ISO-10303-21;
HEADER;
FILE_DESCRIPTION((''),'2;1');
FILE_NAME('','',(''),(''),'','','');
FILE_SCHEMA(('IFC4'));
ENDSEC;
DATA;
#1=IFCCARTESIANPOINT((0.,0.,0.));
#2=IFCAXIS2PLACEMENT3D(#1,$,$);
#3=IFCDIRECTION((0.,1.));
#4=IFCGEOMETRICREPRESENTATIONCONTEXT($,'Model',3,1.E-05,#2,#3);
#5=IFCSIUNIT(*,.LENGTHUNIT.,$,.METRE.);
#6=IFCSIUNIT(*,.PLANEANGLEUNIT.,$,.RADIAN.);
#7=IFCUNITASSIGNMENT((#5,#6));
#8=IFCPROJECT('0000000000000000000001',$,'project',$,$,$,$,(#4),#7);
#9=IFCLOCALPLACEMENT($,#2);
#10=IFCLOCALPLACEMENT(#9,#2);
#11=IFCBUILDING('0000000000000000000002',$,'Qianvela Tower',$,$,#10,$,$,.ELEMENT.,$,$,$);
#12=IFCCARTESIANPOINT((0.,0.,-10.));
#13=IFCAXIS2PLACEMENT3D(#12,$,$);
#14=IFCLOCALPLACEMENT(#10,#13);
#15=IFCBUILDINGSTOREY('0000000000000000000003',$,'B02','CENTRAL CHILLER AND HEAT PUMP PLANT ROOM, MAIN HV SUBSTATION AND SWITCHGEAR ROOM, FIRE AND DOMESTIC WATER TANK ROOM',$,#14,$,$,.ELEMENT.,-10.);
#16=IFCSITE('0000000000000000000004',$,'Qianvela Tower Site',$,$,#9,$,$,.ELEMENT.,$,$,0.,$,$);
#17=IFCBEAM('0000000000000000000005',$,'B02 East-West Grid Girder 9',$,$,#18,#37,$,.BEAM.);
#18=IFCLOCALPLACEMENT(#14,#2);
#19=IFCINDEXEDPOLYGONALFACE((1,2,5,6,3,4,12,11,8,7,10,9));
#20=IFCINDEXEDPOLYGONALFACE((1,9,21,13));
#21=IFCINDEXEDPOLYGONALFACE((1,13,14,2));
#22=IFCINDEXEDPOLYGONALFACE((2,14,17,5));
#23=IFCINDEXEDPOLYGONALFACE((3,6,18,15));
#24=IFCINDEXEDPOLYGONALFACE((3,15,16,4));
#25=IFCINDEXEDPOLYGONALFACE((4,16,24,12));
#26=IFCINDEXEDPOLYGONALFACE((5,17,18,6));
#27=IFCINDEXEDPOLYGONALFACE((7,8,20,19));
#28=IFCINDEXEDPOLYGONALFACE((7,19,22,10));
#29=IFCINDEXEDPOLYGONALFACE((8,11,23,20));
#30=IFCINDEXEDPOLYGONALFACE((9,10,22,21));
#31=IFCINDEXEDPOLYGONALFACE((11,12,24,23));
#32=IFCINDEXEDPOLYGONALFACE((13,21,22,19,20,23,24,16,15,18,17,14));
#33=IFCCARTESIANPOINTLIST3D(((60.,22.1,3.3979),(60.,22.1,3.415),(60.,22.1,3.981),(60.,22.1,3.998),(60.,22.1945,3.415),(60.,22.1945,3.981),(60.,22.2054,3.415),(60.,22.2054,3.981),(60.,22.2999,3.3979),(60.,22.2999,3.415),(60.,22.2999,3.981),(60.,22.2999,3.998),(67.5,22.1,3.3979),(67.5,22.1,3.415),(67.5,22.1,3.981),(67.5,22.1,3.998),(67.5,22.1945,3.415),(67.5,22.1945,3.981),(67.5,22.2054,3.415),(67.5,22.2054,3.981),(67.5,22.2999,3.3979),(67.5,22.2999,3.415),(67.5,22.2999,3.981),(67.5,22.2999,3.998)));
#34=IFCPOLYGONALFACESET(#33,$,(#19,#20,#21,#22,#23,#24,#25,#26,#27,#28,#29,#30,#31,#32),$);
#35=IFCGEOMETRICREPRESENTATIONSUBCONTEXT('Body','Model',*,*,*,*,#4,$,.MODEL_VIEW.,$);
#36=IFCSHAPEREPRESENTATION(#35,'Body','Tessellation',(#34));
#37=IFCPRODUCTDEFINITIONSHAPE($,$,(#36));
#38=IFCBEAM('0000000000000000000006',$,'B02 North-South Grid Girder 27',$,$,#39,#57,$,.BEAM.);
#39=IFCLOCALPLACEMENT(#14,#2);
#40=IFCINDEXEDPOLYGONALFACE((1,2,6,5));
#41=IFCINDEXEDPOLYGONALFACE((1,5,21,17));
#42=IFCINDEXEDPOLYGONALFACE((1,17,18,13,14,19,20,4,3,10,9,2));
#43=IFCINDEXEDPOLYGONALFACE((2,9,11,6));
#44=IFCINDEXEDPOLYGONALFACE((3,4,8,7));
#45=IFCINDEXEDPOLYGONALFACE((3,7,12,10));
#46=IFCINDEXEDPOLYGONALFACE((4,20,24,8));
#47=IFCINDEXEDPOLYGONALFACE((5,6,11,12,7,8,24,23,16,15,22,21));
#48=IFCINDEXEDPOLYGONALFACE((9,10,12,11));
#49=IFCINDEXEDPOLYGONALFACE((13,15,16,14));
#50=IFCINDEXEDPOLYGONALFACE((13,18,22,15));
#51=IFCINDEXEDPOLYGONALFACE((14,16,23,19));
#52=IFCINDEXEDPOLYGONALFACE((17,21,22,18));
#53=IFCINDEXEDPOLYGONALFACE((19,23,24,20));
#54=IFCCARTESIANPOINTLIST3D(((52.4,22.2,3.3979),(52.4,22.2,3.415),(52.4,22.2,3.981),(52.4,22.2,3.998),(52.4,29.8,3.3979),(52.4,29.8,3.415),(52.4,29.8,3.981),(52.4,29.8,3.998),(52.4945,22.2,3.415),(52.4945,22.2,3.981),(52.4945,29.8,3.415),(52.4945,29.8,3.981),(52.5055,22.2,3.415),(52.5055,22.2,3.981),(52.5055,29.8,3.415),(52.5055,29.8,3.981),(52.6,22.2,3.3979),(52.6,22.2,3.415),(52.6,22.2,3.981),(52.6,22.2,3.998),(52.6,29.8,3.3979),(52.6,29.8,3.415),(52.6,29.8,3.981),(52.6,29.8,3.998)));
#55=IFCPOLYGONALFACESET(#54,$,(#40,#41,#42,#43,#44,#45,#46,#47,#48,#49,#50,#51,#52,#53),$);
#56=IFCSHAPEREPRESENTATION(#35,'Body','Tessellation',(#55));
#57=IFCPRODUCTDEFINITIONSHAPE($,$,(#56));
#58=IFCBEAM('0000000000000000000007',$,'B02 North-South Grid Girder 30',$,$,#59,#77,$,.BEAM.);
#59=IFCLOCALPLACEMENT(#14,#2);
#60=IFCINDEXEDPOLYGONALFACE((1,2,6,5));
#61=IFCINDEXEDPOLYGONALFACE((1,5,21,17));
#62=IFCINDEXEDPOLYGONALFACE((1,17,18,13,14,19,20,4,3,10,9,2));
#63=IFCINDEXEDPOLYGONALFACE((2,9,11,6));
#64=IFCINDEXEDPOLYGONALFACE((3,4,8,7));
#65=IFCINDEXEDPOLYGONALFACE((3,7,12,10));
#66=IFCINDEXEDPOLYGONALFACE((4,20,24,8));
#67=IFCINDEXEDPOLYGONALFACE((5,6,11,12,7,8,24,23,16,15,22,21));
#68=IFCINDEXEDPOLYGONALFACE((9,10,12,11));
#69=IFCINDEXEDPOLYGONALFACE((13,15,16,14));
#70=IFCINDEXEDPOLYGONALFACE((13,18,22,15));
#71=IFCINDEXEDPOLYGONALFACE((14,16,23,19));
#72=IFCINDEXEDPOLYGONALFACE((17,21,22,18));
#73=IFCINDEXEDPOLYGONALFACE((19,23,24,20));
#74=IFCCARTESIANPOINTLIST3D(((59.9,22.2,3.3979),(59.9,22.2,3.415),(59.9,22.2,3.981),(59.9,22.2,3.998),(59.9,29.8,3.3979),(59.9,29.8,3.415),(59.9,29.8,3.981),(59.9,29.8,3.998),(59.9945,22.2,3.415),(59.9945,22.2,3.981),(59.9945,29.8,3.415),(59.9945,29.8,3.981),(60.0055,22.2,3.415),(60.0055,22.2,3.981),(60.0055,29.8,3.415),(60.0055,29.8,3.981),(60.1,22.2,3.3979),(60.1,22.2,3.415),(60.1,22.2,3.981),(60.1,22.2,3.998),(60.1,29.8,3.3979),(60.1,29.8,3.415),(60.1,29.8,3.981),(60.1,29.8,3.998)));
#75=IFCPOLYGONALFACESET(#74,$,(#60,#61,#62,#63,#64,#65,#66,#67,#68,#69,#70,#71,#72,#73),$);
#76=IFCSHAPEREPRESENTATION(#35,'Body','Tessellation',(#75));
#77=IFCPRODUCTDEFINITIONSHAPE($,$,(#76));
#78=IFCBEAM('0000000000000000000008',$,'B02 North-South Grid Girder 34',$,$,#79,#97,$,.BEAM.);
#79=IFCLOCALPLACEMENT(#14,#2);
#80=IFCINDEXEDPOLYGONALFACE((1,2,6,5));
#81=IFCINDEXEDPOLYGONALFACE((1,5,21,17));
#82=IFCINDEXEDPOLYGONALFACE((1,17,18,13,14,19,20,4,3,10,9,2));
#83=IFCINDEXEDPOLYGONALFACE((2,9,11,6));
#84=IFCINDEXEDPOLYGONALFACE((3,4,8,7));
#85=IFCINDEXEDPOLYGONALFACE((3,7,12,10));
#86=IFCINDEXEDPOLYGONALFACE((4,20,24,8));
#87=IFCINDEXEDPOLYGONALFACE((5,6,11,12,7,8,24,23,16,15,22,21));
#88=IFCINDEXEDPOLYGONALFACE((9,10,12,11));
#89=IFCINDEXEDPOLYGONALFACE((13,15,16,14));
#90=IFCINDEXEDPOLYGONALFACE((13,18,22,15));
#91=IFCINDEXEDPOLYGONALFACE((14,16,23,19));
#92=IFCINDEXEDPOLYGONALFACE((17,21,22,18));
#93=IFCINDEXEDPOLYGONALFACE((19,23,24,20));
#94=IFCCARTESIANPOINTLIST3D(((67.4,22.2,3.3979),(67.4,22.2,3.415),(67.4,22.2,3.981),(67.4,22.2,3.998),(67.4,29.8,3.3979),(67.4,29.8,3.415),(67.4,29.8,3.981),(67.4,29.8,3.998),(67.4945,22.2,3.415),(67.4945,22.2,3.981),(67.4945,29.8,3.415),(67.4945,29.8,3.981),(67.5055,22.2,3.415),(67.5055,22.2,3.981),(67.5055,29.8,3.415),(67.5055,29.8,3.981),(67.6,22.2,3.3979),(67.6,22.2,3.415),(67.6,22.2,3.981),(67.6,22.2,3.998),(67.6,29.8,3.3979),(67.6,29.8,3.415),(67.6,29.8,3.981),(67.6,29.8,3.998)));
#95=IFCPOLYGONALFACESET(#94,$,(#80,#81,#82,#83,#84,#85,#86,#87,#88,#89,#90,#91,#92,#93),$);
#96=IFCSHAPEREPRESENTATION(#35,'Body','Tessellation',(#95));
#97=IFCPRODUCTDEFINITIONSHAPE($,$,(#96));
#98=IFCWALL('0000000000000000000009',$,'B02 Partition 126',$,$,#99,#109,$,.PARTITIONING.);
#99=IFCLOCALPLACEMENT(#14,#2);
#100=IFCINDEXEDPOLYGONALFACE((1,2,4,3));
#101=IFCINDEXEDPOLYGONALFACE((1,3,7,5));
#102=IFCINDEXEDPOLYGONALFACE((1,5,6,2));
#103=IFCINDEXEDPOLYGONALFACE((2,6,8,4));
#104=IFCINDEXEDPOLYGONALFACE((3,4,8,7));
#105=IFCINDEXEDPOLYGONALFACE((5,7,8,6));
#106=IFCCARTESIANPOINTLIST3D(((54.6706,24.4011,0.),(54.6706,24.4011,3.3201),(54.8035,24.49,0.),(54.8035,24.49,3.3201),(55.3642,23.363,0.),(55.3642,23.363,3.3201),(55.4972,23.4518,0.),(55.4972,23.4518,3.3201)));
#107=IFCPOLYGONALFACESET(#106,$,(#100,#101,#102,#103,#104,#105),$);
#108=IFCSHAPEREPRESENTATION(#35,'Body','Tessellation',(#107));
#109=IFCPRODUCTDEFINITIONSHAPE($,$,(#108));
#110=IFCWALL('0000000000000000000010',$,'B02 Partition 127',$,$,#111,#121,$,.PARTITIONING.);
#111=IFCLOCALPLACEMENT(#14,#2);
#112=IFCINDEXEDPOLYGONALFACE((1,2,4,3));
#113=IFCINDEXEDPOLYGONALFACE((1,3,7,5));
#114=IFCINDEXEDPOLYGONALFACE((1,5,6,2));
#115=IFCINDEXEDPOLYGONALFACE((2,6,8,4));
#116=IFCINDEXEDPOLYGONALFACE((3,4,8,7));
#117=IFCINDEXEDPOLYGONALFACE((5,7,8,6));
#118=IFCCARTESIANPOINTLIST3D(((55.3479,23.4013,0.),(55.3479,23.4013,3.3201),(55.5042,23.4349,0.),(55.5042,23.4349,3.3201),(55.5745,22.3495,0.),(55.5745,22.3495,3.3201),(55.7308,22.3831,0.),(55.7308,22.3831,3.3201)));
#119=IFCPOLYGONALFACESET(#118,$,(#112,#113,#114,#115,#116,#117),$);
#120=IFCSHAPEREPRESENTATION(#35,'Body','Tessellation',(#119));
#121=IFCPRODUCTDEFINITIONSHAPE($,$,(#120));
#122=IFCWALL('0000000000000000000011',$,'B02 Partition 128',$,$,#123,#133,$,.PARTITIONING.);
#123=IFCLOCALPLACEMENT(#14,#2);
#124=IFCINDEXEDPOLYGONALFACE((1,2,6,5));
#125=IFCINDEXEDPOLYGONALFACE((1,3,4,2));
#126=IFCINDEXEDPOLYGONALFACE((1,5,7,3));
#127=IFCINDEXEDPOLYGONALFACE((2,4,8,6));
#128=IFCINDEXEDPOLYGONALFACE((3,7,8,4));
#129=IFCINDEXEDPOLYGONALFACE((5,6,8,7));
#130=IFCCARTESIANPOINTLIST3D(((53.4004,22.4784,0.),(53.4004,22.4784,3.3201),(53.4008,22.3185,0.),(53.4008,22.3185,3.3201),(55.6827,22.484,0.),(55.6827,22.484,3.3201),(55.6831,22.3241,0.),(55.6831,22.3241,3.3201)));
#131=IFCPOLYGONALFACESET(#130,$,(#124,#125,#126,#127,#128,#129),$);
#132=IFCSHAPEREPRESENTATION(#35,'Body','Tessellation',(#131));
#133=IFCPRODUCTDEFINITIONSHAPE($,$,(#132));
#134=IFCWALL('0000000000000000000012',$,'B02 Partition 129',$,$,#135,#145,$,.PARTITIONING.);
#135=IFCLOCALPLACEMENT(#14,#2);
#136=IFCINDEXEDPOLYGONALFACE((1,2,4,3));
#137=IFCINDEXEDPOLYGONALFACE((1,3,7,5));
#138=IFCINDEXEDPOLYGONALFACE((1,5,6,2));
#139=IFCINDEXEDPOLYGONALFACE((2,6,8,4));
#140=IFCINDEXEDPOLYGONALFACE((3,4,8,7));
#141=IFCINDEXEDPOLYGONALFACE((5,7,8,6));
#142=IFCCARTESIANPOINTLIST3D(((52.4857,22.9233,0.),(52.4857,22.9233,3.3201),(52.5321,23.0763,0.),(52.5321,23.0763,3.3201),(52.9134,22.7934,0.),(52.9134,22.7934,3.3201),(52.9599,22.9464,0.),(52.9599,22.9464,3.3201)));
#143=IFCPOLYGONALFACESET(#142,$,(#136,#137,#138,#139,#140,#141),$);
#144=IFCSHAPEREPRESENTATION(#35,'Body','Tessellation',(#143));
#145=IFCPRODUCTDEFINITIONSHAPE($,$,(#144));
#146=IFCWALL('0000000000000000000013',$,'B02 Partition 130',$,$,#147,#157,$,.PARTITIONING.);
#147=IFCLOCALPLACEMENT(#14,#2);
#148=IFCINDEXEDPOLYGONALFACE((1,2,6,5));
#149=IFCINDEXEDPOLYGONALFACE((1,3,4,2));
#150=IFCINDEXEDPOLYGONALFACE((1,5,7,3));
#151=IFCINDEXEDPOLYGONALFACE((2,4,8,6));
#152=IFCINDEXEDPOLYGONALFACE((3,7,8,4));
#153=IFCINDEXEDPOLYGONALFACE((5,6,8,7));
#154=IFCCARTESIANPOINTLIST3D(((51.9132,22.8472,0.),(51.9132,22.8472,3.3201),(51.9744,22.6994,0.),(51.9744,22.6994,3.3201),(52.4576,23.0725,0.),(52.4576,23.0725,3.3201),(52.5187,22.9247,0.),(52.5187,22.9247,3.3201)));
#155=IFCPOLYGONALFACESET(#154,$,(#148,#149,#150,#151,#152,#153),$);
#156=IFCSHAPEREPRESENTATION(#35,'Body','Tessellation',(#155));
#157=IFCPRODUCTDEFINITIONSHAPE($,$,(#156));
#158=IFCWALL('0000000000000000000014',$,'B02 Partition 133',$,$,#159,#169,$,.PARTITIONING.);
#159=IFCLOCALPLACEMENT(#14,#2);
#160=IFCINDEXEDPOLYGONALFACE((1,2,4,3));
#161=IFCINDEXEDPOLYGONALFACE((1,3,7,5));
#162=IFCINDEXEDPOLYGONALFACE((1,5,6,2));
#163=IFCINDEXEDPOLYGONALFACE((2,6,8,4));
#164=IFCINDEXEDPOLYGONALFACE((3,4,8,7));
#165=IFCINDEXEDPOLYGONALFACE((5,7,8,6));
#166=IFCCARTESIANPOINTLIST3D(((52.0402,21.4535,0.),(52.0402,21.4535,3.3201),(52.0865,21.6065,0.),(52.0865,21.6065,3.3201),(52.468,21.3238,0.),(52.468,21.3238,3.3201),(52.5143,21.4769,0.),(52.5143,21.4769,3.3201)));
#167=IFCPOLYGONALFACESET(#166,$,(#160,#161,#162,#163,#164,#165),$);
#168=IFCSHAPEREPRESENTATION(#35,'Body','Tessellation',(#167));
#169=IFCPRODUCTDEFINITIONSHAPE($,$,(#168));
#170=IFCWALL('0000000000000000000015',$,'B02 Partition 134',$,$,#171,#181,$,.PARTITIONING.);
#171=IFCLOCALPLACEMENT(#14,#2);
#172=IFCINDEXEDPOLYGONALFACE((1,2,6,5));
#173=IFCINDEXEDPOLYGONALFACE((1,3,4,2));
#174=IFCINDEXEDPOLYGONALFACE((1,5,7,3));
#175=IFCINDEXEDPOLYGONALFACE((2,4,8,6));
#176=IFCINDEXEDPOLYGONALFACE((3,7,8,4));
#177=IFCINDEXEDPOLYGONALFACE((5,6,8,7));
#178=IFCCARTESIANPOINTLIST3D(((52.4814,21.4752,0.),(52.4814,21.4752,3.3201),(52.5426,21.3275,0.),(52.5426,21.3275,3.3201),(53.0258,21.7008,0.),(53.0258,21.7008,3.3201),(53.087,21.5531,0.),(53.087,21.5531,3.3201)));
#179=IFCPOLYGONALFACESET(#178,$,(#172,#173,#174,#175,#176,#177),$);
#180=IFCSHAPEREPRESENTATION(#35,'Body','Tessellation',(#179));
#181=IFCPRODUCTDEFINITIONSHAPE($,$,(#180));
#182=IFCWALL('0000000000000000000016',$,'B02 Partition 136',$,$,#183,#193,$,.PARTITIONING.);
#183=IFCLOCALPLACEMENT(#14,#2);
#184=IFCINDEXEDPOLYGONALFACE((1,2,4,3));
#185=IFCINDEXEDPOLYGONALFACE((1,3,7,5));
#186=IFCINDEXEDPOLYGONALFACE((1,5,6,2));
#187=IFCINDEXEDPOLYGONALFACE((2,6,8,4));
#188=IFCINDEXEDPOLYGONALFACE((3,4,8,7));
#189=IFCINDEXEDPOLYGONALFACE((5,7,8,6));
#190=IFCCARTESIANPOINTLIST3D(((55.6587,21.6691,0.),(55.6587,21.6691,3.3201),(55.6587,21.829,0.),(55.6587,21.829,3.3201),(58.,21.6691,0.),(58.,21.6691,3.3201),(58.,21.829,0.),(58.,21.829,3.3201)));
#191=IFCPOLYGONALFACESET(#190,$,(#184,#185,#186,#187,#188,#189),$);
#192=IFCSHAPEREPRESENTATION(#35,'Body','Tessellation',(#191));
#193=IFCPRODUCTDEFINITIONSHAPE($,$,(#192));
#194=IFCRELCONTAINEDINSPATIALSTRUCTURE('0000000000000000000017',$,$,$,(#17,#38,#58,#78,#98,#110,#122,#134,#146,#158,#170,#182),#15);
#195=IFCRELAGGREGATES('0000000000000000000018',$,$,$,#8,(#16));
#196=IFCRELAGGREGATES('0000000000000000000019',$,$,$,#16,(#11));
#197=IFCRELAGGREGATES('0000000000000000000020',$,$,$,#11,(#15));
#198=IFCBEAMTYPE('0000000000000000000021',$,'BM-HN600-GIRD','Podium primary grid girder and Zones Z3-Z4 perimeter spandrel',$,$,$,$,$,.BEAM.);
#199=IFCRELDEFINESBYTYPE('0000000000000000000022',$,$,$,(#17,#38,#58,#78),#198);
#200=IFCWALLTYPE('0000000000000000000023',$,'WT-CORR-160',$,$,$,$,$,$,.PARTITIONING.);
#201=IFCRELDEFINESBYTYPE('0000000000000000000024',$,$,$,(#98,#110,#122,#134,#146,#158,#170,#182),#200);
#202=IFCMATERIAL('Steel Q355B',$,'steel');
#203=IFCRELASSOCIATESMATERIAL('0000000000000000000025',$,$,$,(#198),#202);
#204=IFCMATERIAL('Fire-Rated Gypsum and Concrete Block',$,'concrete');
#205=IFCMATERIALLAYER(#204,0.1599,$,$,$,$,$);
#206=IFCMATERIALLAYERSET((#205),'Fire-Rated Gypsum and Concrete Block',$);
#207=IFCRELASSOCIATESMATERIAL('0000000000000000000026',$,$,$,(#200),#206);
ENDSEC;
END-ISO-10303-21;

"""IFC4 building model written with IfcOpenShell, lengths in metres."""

from ifc_helpers import new_model, si_unit, direction, frame, frame_2d, origin, origin_2d, place, context, subcontext, project, spatial, rectangle, i_section, extrude, material, layer, layer_set, material_profile, profile_set, type_object, element, save


model = new_model("IFC4")

# Units and contexts
model_context = context("Model", 3, precision=1e-05, world=origin(), true_north=direction((0.0, 1.0)))
body_context = subcontext(model_context, "Body", "Model", "MODEL_VIEW")
ifc_project = project(units=[si_unit("LENGTHUNIT", "METRE"), si_unit("PLANEANGLEUNIT", "RADIAN")], contexts=[model_context])

# Site, building, storey
site_placement = place(None, origin())
site = spatial("IfcSite", under=ifc_project, at=site_placement, Name="Qianvela Tower Site", CompositionType="ELEMENT", RefElevation=0.0)
building_placement = place(site_placement, origin())
building = spatial("IfcBuilding", under=site, at=building_placement, Name="Qianvela Tower", CompositionType="ELEMENT")
storey_placement = place(building_placement, frame((0.0, 0.0, -10.0)))
storey = spatial("IfcBuildingStorey", under=building, at=storey_placement, Name="B02", Description="CENTRAL CHILLER AND HEAT PUMP PLANT ROOM, MAIN HV SUBSTATION AND SWITCHGEAR ROOM, FIRE AND DOMESTIC WATER TANK ROOM", CompositionType="ELEMENT", Elevation=-10.0)

# Beams
ifc_material_1 = material(Name="Steel Q355B", Category="steel")
ifc_material_profile_1 = material_profile(ifc_material_1, i_section(OverallWidth=0.2, OverallDepth=0.6001, WebThickness=0.011, FlangeThickness=0.0171, at=origin_2d()), Name="HN600x200x11x17")
ifc_profile_set_1 = profile_set([ifc_material_profile_1], Name="Steel Q355B")
beam_type_1 = type_object("IfcBeamType", Name="BM-HN600-GIRD", Description="Podium primary grid girder and Zones Z3-Z4 perimeter spandrel", PredefinedType="BEAM", material=ifc_profile_set_1)
for number, where, z_axis, x_axis, name in (
    (1, (60.0, 22.2, 3.698), (1.0, 0.0, 0.0), (0.0, 1.0, 0.0), "B02 East-West Grid Girder 9"),
):
    element("IfcBeam", number, at=place(storey_placement, frame(where, z_axis=z_axis, x_axis=x_axis)), inside=storey, type_object=beam_type_1, Name=name, PredefinedType="BEAM", context=body_context, shape_type="SweptSolid", body=[
        extrude(i_section(OverallWidth=0.2, OverallDepth=0.6001, WebThickness=0.011, FlangeThickness=0.0171, at=origin_2d()), origin(), (0.0, 0.0, 1.0), 7.5),
    ])
for number, where, z_axis, x_axis, name in (
    (2, (52.5, 22.2, 3.698), (0.0, 1.0, 0.0), (-1.0, 0.0, 0.0), "B02 North-South Grid Girder 27"),
    (3, (60.0, 22.2, 3.698), (0.0, 1.0, 0.0), (-1.0, 0.0, 0.0), "B02 North-South Grid Girder 30"),
    (4, (67.5, 22.2, 3.698), (0.0, 1.0, 0.0), (-1.0, 0.0, 0.0), "B02 North-South Grid Girder 34"),
):
    element("IfcBeam", number, at=place(storey_placement, frame(where, z_axis=z_axis, x_axis=x_axis)), inside=storey, type_object=beam_type_1, Name=name, PredefinedType="BEAM", context=body_context, shape_type="SweptSolid", body=[
        extrude(i_section(OverallWidth=0.2, OverallDepth=0.6001, WebThickness=0.011, FlangeThickness=0.0171, at=origin_2d()), origin(), (0.0, 0.0, 1.0), 7.6001),
    ])

# Walls
ifc_material_2 = material(Name="Fire-Rated Gypsum and Concrete Block", Category="concrete")
ifc_layer = layer(ifc_material_2, 0.1599)
ifc_layer_set = layer_set([ifc_layer], Name="Fire-Rated Gypsum and Concrete Block")
wall_type = type_object("IfcWallType", Name="WT-CORR-160", PredefinedType="PARTITIONING", material=ifc_layer_set)
wall_1_placement = place(storey_placement, frame((54.7371, 24.4456, 0.0), z_axis=(0.0, 0.0, 1.0), x_axis=(0.555557, -0.831478, 0.0)))
element("IfcWall", 5, at=wall_1_placement, inside=storey, type_object=wall_type, Name="B02 Partition 126", PredefinedType="PARTITIONING", context=body_context, shape_type="SweptSolid", body=[
    extrude(rectangle(XDim=1.2485, YDim=0.1599, at=frame_2d((0.6243, 0.0))), origin(), (0.0, 0.0, 1.0), 3.3201),
])
wall_2_placement = place(storey_placement, frame((55.426, 23.4182, 0.0), z_axis=(0.0, 0.0, 1.0), x_axis=(0.210583, -0.977576, 0.0)))
element("IfcWall", 6, at=wall_2_placement, inside=storey, type_object=wall_type, Name="B02 Partition 127", PredefinedType="PARTITIONING", context=body_context, shape_type="SweptSolid", body=[
    extrude(rectangle(XDim=1.0759, YDim=0.1599, at=frame_2d((0.5381, 0.0))), origin(), (0.0, 0.0, 1.0), 3.3201),
])
wall_3_placement = place(storey_placement, frame((55.6829, 22.4041, 0.0), z_axis=(0.0, 0.0, 1.0), x_axis=(-0.999997, -0.00246, 0.0)))
element("IfcWall", 7, at=wall_3_placement, inside=storey, type_object=wall_type, Name="B02 Partition 128", PredefinedType="PARTITIONING", context=body_context, shape_type="SweptSolid", body=[
    extrude(rectangle(XDim=2.2822, YDim=0.1599, at=frame_2d((1.1411, 0.0))), origin(), (0.0, 0.0, 1.0), 3.3201),
])
wall_4_placement = place(storey_placement, frame((52.9368, 22.8699, 0.0), z_axis=(0.0, 0.0, 1.0), x_axis=(-0.956859, 0.290553, 0.0)))
element("IfcWall", 8, at=wall_4_placement, inside=storey, type_object=wall_type, Name="B02 Partition 129", PredefinedType="PARTITIONING", context=body_context, shape_type="SweptSolid", body=[
    extrude(rectangle(XDim=0.447, YDim=0.1599, at=frame_2d((0.2236, 0.0))), origin(), (0.0, 0.0, 1.0), 3.3201),
])
wall_5_placement = place(storey_placement, frame((52.488, 22.9985, 0.0), z_axis=(0.0, 0.0, 1.0), x_axis=(-0.923981, -0.382437, 0.0)))
element("IfcWall", 9, at=wall_5_placement, inside=storey, type_object=wall_type, Name="B02 Partition 130", PredefinedType="PARTITIONING", context=body_context, shape_type="SweptSolid", body=[
    extrude(rectangle(XDim=0.5891, YDim=0.1599, at=frame_2d((0.2944, 0.0))), origin(), (0.0, 0.0, 1.0), 3.3201),
])
wall_6_placement = place(storey_placement, frame((52.0632, 21.53, 0.0), z_axis=(0.0, 0.0, 1.0), x_axis=(0.957011, -0.290053, 0.0)))
element("IfcWall", 10, at=wall_6_placement, inside=storey, type_object=wall_type, Name="B02 Partition 133", PredefinedType="PARTITIONING", context=body_context, shape_type="SweptSolid", body=[
    extrude(rectangle(XDim=0.447, YDim=0.1599, at=frame_2d((0.2236, 0.0))), origin(), (0.0, 0.0, 1.0), 3.3201),
])
wall_7_placement = place(storey_placement, frame((52.512, 21.4014, 0.0), z_axis=(0.0, 0.0, 1.0), x_axis=(0.923835, 0.382791, 0.0)))
element("IfcWall", 11, at=wall_7_placement, inside=storey, type_object=wall_type, Name="B02 Partition 134", PredefinedType="PARTITIONING", context=body_context, shape_type="SweptSolid", body=[
    extrude(rectangle(XDim=0.5894, YDim=0.1599, at=frame_2d((0.2947, 0.0))), origin(), (0.0, 0.0, 1.0), 3.3201),
])
wall_8_placement = place(storey_placement, frame((55.6587, 21.749, 0.0), z_axis=(0.0, 0.0, 1.0), x_axis=(1.0, 0.0, 0.0)))
element("IfcWall", 12, at=wall_8_placement, inside=storey, type_object=wall_type, Name="B02 Partition 136", PredefinedType="PARTITIONING", context=body_context, shape_type="SweptSolid", body=[
    extrude(rectangle(XDim=2.3413, YDim=0.1599, at=frame_2d((1.1707, 0.0))), origin(), (0.0, 0.0, 1.0), 3.3201),
])

save(model, "model.ifc")
